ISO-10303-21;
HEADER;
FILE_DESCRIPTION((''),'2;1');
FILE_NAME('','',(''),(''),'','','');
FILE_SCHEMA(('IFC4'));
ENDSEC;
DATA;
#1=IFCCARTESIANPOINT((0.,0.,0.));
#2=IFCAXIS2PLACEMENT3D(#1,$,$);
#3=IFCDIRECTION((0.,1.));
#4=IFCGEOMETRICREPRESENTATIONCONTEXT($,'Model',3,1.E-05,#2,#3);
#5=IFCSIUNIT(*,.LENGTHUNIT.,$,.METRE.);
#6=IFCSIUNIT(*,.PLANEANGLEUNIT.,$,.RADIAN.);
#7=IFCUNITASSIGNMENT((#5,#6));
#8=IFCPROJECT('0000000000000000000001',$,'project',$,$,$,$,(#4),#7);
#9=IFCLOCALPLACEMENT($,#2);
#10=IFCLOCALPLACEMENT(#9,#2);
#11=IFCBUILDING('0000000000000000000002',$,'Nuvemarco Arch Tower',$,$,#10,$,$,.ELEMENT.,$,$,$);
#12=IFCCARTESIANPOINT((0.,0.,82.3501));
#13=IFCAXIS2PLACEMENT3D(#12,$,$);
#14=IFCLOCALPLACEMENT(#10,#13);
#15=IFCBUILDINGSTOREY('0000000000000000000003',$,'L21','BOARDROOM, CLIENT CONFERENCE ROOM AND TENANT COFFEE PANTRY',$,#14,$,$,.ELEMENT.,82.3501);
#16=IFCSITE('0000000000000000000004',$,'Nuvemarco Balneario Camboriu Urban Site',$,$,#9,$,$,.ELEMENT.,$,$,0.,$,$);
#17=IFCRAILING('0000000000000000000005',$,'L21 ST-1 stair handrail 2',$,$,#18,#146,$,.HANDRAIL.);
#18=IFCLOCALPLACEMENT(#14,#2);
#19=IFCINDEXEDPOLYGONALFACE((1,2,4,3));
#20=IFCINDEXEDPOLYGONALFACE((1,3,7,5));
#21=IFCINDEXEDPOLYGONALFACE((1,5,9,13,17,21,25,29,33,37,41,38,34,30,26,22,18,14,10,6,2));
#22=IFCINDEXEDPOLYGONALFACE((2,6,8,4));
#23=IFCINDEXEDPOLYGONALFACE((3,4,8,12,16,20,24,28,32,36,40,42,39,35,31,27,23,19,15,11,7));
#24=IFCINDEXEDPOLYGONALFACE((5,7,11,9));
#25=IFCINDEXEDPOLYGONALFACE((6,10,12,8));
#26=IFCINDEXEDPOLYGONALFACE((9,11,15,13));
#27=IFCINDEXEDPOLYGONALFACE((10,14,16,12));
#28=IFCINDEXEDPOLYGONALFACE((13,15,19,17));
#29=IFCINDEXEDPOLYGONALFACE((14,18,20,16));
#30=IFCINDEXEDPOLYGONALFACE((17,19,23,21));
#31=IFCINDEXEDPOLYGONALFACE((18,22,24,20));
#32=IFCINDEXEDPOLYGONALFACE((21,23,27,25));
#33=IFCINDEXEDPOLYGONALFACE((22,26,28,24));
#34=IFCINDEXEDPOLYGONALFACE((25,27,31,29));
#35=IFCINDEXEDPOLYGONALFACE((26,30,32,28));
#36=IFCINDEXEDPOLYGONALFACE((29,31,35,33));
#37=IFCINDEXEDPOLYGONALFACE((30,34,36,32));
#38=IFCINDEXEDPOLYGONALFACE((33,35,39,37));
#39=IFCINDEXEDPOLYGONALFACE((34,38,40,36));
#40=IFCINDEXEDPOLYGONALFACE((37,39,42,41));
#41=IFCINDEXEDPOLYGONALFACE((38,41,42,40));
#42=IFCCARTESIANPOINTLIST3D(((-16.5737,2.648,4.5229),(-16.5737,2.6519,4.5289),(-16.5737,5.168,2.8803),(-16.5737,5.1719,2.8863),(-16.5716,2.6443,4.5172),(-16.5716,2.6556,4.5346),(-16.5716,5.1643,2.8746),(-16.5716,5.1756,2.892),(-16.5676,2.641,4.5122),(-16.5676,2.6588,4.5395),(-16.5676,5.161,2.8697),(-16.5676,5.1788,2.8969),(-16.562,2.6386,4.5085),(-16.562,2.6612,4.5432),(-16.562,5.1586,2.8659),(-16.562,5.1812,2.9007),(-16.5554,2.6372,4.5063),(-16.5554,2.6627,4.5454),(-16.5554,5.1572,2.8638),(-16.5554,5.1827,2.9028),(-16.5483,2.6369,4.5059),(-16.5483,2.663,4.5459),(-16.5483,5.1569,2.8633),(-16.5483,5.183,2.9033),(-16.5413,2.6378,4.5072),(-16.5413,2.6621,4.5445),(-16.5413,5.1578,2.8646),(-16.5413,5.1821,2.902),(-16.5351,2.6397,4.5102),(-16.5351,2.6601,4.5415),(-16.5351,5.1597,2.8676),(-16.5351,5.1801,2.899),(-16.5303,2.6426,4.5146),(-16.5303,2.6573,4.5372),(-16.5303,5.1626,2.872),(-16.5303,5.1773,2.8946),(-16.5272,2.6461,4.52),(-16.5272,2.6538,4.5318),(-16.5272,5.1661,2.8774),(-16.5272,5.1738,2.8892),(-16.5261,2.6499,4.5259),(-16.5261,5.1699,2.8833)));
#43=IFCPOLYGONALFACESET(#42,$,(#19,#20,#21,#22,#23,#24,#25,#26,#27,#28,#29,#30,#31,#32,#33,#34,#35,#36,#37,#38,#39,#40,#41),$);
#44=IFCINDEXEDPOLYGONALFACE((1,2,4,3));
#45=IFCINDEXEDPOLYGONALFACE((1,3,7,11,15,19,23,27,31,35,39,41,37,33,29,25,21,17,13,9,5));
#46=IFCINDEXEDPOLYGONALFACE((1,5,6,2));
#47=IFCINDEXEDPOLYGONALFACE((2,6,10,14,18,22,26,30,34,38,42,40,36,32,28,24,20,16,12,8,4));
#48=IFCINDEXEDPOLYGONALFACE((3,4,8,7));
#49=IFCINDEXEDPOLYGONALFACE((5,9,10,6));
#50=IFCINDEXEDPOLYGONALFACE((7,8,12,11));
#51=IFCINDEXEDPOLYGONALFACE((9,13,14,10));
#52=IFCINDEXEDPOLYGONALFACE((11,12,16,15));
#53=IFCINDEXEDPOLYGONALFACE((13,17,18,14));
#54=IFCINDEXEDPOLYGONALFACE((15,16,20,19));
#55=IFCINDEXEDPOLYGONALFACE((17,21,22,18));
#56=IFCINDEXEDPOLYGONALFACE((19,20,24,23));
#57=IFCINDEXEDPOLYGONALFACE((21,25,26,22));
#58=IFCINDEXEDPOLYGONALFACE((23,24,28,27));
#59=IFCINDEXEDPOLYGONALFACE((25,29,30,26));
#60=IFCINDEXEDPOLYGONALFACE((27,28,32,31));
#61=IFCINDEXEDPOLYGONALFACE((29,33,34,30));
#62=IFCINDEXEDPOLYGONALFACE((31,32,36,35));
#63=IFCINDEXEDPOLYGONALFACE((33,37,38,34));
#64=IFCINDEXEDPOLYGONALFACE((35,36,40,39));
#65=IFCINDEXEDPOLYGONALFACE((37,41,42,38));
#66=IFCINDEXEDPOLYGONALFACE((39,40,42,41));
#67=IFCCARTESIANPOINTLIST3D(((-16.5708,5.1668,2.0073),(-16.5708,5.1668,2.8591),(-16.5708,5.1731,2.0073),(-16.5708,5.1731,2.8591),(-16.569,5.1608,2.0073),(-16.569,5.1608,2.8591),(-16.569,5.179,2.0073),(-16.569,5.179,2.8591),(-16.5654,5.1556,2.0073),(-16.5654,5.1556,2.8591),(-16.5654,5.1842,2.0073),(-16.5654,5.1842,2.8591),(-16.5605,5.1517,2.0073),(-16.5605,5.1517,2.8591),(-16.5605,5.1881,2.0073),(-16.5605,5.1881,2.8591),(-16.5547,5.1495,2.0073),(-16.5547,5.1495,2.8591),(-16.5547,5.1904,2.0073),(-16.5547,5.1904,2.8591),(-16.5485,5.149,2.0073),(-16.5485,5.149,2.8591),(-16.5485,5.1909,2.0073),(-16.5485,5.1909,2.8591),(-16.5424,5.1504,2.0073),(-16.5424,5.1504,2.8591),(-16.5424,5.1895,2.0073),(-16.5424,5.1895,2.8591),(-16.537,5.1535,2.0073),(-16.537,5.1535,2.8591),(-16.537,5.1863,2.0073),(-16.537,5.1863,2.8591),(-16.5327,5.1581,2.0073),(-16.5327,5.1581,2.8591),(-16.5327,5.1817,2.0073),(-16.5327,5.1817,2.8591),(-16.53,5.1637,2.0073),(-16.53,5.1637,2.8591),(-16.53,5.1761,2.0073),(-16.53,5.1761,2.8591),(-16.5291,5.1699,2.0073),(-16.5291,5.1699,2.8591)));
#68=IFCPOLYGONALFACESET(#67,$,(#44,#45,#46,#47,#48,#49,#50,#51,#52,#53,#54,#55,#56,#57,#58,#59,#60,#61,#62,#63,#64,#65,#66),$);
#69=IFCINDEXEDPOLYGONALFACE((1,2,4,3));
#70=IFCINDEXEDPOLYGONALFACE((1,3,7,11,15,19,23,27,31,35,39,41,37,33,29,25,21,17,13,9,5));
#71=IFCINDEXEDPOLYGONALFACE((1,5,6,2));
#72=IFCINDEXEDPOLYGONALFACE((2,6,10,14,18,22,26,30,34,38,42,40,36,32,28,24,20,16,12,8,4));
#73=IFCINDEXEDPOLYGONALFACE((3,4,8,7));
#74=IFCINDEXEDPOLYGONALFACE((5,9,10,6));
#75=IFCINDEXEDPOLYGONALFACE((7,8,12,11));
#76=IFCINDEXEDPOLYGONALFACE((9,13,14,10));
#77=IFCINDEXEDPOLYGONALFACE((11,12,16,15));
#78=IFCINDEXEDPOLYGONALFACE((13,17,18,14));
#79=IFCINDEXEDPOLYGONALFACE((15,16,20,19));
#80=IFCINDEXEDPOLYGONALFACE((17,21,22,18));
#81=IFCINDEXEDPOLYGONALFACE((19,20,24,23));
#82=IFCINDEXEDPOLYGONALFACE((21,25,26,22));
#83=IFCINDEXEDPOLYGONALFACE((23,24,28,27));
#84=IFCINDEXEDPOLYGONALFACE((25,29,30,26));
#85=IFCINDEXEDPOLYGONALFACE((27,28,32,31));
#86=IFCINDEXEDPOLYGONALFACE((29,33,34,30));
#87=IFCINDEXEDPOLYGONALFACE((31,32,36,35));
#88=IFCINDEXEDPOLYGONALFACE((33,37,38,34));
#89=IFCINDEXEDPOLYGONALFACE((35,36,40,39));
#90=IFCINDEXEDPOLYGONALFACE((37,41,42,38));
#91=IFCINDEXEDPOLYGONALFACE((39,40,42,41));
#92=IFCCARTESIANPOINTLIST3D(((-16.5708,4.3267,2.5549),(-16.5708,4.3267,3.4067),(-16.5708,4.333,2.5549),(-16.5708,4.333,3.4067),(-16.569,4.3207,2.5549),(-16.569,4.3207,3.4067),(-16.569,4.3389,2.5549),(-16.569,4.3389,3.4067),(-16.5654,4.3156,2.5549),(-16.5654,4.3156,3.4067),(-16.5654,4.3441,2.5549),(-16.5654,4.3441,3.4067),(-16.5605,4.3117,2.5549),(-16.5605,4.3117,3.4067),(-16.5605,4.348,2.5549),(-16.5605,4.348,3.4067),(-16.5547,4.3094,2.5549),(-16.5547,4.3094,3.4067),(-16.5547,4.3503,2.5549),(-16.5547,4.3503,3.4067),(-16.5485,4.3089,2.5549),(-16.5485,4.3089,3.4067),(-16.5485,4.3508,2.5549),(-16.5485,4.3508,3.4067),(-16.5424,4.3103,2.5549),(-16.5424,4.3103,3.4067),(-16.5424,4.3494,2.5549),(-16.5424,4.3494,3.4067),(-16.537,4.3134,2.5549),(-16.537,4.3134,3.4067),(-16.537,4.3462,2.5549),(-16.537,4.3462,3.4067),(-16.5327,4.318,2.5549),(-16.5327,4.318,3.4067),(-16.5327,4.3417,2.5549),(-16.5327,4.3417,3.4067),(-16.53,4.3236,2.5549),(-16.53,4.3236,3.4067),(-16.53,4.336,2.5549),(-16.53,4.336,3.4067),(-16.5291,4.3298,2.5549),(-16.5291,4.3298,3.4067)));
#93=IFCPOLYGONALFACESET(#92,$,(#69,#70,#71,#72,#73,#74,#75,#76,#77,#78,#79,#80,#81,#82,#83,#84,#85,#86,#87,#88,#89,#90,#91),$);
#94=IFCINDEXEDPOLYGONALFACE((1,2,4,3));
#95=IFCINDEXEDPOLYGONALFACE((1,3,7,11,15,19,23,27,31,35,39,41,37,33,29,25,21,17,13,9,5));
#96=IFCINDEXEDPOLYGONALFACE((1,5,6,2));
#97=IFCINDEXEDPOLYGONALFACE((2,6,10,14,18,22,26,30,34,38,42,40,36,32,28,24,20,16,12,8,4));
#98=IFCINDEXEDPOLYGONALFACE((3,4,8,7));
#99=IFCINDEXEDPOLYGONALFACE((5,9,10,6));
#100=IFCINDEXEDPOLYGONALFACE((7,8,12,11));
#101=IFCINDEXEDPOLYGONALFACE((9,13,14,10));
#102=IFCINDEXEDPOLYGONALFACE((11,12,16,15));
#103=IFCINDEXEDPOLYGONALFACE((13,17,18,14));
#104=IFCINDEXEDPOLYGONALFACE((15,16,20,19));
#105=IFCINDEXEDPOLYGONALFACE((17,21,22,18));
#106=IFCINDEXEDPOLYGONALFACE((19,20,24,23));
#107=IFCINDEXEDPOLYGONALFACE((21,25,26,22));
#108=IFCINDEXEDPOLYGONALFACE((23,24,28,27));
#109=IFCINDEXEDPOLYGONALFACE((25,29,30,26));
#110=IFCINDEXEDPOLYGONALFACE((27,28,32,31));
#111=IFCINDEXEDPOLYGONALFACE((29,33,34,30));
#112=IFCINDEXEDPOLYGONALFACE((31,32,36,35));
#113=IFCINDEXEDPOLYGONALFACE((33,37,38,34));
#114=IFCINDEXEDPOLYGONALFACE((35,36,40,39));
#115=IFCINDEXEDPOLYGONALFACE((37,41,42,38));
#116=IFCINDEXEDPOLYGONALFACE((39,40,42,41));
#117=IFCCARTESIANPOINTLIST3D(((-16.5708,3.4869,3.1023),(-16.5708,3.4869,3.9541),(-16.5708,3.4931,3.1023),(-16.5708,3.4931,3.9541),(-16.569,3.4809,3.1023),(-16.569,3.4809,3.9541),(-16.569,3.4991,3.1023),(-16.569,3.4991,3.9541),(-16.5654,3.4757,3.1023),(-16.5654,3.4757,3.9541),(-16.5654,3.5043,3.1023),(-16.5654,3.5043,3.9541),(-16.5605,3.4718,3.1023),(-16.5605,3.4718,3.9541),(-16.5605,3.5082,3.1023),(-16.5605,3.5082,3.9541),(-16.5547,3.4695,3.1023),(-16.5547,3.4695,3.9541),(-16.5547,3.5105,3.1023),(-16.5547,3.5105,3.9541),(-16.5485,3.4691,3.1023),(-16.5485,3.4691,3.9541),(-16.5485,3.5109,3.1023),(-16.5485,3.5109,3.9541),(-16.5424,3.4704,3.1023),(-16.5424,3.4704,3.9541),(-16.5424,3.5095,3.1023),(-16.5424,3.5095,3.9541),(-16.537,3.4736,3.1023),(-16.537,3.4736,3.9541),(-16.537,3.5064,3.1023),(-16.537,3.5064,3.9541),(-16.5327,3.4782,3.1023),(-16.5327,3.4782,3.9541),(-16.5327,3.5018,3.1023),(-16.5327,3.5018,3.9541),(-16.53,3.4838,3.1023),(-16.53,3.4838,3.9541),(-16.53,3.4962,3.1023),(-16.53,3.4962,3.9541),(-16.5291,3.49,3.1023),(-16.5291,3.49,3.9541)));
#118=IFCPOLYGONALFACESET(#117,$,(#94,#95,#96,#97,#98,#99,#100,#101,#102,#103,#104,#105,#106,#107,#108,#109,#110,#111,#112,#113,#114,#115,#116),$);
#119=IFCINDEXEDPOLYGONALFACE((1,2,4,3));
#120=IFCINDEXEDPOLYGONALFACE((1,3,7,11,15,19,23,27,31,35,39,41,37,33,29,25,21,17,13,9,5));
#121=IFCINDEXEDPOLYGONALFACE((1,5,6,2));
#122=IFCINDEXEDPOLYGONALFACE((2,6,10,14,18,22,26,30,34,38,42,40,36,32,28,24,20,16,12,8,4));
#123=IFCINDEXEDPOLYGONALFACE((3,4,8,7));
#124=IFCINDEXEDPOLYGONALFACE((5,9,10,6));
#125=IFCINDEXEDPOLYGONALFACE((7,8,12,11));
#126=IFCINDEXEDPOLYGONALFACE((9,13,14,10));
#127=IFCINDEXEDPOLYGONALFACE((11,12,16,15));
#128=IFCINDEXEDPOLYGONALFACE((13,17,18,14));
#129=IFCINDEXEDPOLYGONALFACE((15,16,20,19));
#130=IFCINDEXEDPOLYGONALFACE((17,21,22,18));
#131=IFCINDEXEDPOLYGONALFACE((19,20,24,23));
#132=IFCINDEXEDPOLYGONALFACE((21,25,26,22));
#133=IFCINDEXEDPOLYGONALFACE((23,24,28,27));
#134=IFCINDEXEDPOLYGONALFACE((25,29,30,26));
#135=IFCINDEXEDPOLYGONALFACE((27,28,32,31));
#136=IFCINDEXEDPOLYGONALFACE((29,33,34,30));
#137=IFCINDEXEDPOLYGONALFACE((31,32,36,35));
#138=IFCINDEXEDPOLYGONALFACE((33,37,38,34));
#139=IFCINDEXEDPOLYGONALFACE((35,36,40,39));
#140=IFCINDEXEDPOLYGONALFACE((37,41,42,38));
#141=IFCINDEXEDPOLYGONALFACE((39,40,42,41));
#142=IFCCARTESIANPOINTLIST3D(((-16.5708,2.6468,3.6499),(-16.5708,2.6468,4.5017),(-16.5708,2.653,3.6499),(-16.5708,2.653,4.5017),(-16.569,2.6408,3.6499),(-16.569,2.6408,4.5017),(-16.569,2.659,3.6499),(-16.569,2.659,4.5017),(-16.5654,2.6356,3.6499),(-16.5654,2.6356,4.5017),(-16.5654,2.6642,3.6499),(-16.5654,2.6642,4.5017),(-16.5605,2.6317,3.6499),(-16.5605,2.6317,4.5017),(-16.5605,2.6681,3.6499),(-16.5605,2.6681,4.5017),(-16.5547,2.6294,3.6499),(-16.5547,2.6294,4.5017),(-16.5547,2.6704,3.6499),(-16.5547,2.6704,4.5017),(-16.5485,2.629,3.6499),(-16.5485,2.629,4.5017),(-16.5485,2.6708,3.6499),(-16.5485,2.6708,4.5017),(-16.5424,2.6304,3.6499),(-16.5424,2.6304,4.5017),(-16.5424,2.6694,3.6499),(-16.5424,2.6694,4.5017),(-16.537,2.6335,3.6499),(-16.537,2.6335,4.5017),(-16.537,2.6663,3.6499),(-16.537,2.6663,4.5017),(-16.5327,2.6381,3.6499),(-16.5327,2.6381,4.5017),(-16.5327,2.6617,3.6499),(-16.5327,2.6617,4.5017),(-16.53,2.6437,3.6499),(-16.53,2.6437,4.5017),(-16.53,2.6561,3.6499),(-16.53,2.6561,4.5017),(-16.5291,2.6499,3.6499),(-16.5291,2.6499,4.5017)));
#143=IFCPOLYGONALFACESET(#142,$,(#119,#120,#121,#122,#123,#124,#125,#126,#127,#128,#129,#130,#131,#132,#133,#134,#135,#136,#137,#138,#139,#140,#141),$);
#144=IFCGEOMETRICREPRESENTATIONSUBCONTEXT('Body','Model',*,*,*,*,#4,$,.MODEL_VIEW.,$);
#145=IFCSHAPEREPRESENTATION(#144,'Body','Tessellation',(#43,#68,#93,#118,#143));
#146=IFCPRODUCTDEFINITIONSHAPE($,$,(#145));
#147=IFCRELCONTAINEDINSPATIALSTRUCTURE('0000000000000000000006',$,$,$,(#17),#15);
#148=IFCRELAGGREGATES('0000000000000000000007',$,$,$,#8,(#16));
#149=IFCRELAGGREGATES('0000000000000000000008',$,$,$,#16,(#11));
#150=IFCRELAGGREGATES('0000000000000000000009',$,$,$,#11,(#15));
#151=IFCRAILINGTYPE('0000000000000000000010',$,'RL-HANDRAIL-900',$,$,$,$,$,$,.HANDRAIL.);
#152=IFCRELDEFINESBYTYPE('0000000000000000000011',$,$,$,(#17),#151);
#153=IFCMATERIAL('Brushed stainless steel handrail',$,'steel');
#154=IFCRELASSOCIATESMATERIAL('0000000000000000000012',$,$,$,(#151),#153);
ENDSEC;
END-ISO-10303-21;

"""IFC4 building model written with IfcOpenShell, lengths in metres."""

from ifc_helpers import new_model, si_unit, direction, frame, origin, origin_2d, place, context, subcontext, project, spatial, circle, extrude, material, type_object, element, save


model = new_model("IFC4")

# Units and contexts
model_context = context("Model", 3, precision=1e-05, world=origin(), true_north=direction((0.0, 1.0)))
body_context = subcontext(model_context, "Body", "Model", "MODEL_VIEW")
ifc_project = project(units=[si_unit("LENGTHUNIT", "METRE"), si_unit("PLANEANGLEUNIT", "RADIAN")], contexts=[model_context])

# Site, building, storey
site_placement = place(None, origin())
site = spatial("IfcSite", under=ifc_project, at=site_placement, Name="Nuvemarco Balneario Camboriu Urban Site", CompositionType="ELEMENT", RefElevation=0.0)
building_placement = place(site_placement, origin())
building = spatial("IfcBuilding", under=site, at=building_placement, Name="Nuvemarco Arch Tower", CompositionType="ELEMENT")
storey_placement = place(building_placement, frame((0.0, 0.0, 82.3501)))
storey = spatial("IfcBuildingStorey", under=building, at=storey_placement, Name="L21", Description="BOARDROOM, CLIENT CONFERENCE ROOM AND TENANT COFFEE PANTRY", CompositionType="ELEMENT", Elevation=82.3501)

# Railing
ifc_material_1 = material(Name="Brushed stainless steel handrail", Category="steel")
railing_type_1 = type_object("IfcRailingType", Name="RL-HANDRAIL-900", PredefinedType="HANDRAIL", material=ifc_material_1)
railing_1_placement = place(storey_placement, frame((-16.55, 5.1699, 2.0073)))
element("IfcRailing", 1, at=railing_1_placement, inside=storey, type_object=railing_type_1, Name="L21 ST-1 stair handrail 2", PredefinedType="HANDRAIL", context=body_context, shape_type="SweptSolid", body=[
    extrude(circle(Radius=0.0239, at=origin_2d()), frame((0.0, 0.0, 0.876), z_axis=(0.0, -0.837749, 0.546055), x_axis=(1.0, 0.0, 0.0)), (0.0, 0.0, 1.0), 3.0081),
    extrude(circle(Radius=0.021, at=origin_2d()), origin(), (0.0, 0.0, 1.0), 0.8518),
    extrude(circle(Radius=0.021, at=origin_2d()), frame((0.0, -0.8401, 0.5476)), (0.0, 0.0, 1.0), 0.8518),
    extrude(circle(Radius=0.021, at=origin_2d()), frame((0.0, -1.6799, 1.095)), (0.0, 0.0, 1.0), 0.8518),
    extrude(circle(Radius=0.021, at=origin_2d()), frame((0.0, -2.52, 1.6426)), (0.0, 0.0, 1.0), 0.8518),
])

save(model, "model.ifc")
